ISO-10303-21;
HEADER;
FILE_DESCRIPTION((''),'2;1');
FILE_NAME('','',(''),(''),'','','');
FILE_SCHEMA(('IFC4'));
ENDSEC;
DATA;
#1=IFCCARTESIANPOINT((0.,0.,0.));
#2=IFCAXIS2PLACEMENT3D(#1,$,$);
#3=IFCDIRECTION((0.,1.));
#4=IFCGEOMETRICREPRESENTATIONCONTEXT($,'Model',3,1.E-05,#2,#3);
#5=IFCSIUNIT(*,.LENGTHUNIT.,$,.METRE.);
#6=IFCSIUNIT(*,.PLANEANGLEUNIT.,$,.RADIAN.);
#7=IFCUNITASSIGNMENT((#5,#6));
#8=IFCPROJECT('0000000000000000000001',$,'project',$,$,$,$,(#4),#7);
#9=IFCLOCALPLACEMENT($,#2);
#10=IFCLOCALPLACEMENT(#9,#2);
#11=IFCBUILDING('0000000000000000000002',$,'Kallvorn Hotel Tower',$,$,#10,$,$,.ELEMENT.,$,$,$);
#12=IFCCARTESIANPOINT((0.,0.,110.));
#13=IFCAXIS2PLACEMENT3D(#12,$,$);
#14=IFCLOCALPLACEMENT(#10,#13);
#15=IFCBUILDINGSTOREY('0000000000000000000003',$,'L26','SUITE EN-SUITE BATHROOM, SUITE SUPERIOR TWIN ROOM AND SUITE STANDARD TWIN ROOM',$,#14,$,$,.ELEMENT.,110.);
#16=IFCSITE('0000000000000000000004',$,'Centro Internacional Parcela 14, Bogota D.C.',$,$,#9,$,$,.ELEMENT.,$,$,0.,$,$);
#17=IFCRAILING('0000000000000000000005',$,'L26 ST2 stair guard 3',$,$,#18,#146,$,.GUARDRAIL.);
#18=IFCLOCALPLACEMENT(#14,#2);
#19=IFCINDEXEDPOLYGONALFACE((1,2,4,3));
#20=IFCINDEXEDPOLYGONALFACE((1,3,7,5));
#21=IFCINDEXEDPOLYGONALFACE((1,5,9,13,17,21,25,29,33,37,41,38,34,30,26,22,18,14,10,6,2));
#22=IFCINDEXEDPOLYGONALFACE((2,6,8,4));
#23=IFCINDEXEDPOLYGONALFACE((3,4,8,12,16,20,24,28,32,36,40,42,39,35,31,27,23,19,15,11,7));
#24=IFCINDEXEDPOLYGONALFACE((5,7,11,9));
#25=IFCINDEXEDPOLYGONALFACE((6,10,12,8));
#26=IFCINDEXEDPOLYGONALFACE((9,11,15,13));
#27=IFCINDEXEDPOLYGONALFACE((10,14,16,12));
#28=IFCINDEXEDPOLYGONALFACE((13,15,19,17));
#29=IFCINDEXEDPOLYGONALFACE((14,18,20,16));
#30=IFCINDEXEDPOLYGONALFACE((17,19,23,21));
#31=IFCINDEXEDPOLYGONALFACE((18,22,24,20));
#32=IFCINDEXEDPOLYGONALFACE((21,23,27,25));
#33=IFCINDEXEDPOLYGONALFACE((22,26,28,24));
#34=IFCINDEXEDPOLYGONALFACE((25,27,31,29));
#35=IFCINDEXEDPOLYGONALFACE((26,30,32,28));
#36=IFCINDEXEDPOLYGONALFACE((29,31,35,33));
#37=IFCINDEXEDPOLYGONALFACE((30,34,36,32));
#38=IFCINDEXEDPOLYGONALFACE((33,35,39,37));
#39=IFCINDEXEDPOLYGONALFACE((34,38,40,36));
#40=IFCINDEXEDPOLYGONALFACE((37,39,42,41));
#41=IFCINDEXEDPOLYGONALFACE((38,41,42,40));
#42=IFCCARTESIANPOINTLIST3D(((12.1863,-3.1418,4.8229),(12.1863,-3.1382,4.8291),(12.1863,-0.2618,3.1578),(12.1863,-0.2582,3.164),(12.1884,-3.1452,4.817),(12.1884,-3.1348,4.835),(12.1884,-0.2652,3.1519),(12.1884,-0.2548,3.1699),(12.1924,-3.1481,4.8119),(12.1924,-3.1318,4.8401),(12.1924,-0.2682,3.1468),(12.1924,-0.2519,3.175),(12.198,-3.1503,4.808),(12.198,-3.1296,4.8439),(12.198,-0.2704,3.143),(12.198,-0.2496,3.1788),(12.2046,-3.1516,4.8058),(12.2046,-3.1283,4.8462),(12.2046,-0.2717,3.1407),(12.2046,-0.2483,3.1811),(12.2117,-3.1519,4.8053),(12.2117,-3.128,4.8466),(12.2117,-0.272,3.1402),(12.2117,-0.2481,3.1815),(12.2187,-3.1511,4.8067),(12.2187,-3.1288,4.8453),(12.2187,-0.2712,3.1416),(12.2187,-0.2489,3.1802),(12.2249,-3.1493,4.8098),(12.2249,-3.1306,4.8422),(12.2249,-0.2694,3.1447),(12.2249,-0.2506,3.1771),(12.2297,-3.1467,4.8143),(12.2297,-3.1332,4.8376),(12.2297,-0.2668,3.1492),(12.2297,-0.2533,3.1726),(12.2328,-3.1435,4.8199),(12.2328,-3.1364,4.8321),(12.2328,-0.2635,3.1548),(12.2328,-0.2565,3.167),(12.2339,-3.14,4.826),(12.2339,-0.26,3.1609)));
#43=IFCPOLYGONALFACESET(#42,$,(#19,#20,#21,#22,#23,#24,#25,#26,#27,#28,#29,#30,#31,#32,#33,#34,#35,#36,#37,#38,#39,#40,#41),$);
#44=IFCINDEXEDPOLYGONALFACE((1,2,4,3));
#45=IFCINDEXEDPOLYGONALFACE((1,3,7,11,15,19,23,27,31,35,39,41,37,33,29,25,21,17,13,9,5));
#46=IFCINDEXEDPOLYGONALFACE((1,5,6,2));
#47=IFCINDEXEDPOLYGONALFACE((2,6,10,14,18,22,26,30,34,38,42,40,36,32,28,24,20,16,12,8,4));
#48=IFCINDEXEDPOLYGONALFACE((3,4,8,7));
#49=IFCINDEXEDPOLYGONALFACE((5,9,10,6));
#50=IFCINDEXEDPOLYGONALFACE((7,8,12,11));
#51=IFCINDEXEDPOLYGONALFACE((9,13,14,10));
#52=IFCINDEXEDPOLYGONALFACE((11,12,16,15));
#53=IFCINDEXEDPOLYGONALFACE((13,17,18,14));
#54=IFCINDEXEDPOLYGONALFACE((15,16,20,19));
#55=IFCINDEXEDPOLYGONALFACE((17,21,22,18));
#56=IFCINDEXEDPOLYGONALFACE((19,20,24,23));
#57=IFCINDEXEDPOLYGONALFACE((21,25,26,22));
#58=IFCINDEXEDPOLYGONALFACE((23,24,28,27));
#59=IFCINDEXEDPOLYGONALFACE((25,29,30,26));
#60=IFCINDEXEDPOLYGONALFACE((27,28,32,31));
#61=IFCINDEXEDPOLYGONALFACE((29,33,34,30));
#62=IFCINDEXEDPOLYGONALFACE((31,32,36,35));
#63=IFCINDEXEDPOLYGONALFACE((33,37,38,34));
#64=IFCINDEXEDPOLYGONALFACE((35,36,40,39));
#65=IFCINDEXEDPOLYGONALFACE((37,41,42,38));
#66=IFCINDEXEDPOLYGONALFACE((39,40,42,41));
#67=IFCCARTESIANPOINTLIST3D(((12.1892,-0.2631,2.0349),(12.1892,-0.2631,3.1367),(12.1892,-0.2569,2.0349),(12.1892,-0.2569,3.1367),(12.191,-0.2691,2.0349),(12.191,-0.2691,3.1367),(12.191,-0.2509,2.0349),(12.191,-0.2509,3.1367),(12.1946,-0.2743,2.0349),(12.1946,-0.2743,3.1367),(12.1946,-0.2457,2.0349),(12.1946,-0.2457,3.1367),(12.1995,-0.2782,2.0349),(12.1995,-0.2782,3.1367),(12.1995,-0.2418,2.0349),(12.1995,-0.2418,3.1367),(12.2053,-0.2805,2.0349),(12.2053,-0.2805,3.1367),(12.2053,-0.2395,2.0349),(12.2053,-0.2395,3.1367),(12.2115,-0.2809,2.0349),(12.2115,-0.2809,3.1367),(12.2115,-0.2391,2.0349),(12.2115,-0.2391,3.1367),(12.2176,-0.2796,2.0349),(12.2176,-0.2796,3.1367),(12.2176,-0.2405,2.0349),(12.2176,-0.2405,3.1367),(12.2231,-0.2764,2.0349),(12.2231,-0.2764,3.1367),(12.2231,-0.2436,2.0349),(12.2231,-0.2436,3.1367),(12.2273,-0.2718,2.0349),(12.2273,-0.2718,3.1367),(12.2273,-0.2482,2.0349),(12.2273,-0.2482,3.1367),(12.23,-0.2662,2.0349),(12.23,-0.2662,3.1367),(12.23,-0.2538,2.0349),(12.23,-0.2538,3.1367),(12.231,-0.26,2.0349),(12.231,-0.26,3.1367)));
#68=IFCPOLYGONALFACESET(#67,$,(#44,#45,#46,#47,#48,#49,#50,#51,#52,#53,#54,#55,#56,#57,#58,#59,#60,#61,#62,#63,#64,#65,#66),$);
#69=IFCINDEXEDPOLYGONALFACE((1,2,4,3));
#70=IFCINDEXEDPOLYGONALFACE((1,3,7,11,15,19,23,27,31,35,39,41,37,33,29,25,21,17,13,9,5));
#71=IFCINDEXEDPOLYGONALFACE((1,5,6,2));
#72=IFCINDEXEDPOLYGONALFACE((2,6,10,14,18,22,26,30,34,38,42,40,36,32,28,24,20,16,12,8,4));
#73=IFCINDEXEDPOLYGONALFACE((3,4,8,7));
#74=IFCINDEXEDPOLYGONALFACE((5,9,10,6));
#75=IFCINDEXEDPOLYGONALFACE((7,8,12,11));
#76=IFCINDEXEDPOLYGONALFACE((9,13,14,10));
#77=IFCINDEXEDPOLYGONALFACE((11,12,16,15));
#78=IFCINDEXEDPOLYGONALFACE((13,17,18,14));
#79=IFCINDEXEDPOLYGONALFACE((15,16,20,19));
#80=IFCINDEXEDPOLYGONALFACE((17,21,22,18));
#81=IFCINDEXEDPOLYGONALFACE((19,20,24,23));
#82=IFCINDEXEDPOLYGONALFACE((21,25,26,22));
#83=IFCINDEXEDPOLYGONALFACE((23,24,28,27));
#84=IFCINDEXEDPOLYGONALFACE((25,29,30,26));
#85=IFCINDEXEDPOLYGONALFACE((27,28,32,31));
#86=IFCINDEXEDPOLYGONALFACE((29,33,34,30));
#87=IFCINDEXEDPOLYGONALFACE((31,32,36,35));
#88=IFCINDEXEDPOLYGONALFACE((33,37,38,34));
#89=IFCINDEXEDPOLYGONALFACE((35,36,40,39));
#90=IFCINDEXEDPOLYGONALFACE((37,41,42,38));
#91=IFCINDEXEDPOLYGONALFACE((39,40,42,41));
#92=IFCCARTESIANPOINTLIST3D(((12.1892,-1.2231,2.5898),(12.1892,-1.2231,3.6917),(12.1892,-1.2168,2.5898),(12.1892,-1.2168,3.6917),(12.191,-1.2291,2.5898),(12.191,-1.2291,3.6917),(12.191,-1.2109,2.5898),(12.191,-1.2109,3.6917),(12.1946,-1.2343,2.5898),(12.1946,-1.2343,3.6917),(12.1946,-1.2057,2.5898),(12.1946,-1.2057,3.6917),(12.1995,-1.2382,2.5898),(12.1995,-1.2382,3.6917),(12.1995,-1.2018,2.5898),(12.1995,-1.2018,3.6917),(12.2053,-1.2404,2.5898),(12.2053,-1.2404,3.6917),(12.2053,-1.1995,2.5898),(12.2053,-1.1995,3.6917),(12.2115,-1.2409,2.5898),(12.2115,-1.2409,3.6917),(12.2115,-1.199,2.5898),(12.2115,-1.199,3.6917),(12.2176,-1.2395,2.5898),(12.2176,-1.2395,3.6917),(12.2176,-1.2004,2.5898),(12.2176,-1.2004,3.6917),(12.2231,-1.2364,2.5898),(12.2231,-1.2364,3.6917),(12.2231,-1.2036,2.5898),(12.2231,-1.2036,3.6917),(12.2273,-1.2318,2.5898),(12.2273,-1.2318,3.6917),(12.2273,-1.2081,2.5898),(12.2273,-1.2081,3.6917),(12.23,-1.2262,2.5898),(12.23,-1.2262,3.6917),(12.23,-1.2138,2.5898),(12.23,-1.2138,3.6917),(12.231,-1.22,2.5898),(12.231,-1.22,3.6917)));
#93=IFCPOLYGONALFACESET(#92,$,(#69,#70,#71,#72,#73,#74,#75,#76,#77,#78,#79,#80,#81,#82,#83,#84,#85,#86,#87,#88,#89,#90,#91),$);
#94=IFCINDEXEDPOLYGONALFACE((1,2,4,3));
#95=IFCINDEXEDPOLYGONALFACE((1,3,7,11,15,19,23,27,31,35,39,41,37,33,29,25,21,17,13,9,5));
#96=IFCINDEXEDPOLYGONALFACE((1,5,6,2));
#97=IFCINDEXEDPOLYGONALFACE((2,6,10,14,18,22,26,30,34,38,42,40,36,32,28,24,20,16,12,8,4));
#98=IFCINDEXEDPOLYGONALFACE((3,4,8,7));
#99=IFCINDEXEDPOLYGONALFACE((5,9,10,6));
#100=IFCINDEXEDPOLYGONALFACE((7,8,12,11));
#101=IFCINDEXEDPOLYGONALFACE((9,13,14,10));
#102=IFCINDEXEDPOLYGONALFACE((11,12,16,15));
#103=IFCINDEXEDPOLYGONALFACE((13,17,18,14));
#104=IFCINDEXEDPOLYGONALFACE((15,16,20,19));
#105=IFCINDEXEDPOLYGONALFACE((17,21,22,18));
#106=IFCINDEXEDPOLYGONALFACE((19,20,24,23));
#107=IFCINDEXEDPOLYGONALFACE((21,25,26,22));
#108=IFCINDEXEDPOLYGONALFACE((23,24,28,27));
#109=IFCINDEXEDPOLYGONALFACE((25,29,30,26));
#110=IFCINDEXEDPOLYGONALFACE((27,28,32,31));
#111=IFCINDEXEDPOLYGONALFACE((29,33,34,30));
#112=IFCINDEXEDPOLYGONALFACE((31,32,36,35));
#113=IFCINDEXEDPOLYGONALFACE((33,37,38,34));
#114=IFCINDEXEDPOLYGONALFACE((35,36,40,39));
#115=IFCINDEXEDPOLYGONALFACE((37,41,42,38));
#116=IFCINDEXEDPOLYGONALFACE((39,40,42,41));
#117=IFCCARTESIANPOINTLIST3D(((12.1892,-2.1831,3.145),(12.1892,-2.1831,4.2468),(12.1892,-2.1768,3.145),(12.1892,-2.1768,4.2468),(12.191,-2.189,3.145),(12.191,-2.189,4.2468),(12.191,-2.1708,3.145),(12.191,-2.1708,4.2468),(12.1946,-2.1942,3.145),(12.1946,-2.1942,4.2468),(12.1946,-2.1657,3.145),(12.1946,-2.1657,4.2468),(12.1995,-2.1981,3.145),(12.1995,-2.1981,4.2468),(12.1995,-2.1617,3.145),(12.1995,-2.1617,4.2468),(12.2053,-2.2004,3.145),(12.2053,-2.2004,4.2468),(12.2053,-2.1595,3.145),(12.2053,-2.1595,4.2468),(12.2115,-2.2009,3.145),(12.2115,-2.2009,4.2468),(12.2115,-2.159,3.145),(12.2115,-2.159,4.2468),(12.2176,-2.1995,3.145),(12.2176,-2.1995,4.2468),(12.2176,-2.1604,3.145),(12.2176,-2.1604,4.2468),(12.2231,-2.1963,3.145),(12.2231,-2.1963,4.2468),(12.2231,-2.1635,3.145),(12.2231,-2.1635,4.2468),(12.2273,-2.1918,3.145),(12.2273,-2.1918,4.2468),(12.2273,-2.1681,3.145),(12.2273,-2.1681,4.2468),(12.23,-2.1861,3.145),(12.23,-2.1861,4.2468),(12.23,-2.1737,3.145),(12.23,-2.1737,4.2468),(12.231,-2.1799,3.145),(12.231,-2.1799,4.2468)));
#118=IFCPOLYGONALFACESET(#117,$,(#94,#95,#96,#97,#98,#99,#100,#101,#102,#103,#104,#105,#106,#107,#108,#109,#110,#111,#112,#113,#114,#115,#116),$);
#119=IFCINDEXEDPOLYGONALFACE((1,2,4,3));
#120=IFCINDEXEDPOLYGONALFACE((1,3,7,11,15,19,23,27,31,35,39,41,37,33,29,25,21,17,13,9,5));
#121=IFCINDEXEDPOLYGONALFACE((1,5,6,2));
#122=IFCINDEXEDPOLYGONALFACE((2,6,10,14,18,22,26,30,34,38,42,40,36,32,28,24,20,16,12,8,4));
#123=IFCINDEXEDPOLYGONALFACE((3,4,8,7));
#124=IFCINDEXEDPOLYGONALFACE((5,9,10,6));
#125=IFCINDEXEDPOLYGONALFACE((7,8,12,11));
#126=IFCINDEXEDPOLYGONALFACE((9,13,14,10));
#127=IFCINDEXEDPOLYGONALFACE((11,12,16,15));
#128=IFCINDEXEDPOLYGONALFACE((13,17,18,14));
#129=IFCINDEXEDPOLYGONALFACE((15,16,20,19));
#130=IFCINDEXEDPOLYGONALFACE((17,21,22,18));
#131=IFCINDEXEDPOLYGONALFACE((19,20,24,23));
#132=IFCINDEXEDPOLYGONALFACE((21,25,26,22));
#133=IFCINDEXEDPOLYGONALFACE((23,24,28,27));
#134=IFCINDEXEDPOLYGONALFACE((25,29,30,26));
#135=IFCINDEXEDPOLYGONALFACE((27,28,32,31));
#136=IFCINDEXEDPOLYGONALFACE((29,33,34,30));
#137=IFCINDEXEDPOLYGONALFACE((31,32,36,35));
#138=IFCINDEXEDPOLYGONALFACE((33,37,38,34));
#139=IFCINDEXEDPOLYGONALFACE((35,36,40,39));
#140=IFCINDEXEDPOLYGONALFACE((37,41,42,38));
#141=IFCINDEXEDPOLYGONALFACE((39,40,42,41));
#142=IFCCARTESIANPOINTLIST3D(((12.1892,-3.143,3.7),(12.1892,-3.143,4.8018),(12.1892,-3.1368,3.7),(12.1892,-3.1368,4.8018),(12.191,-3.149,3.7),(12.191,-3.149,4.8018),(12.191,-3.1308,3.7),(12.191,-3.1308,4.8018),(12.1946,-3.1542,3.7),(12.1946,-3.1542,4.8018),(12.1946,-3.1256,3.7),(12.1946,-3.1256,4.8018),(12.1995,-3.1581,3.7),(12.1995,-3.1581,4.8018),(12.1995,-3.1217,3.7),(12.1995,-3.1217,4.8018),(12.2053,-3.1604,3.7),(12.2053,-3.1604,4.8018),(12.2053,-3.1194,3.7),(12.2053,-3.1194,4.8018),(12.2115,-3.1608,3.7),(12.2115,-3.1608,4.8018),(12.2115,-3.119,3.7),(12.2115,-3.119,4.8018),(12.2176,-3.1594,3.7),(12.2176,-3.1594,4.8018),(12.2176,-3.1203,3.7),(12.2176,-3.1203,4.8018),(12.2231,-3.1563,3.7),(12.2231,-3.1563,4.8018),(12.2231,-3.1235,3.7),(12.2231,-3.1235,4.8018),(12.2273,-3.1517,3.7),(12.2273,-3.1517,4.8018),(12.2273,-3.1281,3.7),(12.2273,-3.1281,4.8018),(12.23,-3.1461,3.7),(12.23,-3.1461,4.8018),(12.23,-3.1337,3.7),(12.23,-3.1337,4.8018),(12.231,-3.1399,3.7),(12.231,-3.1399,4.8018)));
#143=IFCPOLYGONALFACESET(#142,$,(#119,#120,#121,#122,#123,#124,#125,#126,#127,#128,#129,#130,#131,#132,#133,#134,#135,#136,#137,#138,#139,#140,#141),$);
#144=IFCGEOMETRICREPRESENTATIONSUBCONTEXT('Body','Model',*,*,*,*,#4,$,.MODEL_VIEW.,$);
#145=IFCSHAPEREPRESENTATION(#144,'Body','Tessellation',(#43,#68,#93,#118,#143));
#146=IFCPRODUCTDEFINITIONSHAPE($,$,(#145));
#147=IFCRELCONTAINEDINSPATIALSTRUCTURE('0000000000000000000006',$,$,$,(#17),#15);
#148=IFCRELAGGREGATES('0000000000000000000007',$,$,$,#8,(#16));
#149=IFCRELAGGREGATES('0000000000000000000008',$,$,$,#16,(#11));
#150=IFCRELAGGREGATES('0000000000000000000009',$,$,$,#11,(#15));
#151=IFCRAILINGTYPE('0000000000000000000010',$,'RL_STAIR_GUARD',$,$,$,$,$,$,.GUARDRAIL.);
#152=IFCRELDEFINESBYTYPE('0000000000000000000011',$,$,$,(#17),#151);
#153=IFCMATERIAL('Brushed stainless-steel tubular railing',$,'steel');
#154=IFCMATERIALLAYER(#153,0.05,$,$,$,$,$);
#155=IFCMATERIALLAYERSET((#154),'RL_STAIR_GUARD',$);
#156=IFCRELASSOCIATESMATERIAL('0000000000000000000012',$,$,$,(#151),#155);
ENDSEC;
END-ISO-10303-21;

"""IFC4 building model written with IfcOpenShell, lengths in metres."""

from ifc_helpers import new_model, si_unit, direction, frame, origin, origin_2d, place, context, subcontext, project, spatial, circle, extrude, material, layer, layer_set, type_object, element, save


model = new_model("IFC4")

# Units and contexts
model_context = context("Model", 3, precision=1e-05, world=origin(), true_north=direction((0.0, 1.0)))
body_context = subcontext(model_context, "Body", "Model", "MODEL_VIEW")
ifc_project = project(units=[si_unit("LENGTHUNIT", "METRE"), si_unit("PLANEANGLEUNIT", "RADIAN")], contexts=[model_context])

# Site, building, storey
site_placement = place(None, origin())
site = spatial("IfcSite", under=ifc_project, at=site_placement, Name="Centro Internacional Parcela 14, Bogota D.C.", CompositionType="ELEMENT", RefElevation=0.0)
building_placement = place(site_placement, origin())
building = spatial("IfcBuilding", under=site, at=building_placement, Name="Kallvorn Hotel Tower", CompositionType="ELEMENT")
storey_placement = place(building_placement, frame((0.0, 0.0, 110.0)))
storey = spatial("IfcBuildingStorey", under=building, at=storey_placement, Name="L26", Description="SUITE EN-SUITE BATHROOM, SUITE SUPERIOR TWIN ROOM AND SUITE STANDARD TWIN ROOM", CompositionType="ELEMENT", Elevation=110.0)

# Railing
ifc_material_1 = material(Name="Brushed stainless-steel tubular railing", Category="steel")
ifc_layer_1 = layer(ifc_material_1, 0.05)
ifc_layer_set_1 = layer_set([ifc_layer_1], Name="RL_STAIR_GUARD")
railing_type_1 = type_object("IfcRailingType", Name="RL_STAIR_GUARD", PredefinedType="GUARDRAIL", material=ifc_layer_set_1)
railing_1_placement = place(storey_placement, frame((12.21, -0.26, 2.0349)))
element("IfcRailing", 1, at=railing_1_placement, inside=storey, type_object=railing_type_1, Name="L26 ST2 stair guard 3", PredefinedType="GUARDRAIL", context=body_context, shape_type="SweptSolid", body=[
    extrude(circle(Radius=0.0239, at=origin_2d()), frame((0.0, 0.0, 1.126), z_axis=(0.0, -0.865721, 0.500527), x_axis=(1.0, 0.0, 0.0)), (0.0, 0.0, 1.0), 3.3267),
    extrude(circle(Radius=0.021, at=origin_2d()), origin(), (0.0, 0.0, 1.0), 1.1018),
    extrude(circle(Radius=0.021, at=origin_2d()), frame((0.0, -0.96, 0.5549)), (0.0, 0.0, 1.0), 1.1018),
    extrude(circle(Radius=0.021, at=origin_2d()), frame((0.0, -1.9199, 1.1101)), (0.0, 0.0, 1.0), 1.1018),
    extrude(circle(Radius=0.021, at=origin_2d()), frame((0.0, -2.8799, 1.665)), (0.0, 0.0, 1.0), 1.1018),
])

save(model, "model.ifc")
